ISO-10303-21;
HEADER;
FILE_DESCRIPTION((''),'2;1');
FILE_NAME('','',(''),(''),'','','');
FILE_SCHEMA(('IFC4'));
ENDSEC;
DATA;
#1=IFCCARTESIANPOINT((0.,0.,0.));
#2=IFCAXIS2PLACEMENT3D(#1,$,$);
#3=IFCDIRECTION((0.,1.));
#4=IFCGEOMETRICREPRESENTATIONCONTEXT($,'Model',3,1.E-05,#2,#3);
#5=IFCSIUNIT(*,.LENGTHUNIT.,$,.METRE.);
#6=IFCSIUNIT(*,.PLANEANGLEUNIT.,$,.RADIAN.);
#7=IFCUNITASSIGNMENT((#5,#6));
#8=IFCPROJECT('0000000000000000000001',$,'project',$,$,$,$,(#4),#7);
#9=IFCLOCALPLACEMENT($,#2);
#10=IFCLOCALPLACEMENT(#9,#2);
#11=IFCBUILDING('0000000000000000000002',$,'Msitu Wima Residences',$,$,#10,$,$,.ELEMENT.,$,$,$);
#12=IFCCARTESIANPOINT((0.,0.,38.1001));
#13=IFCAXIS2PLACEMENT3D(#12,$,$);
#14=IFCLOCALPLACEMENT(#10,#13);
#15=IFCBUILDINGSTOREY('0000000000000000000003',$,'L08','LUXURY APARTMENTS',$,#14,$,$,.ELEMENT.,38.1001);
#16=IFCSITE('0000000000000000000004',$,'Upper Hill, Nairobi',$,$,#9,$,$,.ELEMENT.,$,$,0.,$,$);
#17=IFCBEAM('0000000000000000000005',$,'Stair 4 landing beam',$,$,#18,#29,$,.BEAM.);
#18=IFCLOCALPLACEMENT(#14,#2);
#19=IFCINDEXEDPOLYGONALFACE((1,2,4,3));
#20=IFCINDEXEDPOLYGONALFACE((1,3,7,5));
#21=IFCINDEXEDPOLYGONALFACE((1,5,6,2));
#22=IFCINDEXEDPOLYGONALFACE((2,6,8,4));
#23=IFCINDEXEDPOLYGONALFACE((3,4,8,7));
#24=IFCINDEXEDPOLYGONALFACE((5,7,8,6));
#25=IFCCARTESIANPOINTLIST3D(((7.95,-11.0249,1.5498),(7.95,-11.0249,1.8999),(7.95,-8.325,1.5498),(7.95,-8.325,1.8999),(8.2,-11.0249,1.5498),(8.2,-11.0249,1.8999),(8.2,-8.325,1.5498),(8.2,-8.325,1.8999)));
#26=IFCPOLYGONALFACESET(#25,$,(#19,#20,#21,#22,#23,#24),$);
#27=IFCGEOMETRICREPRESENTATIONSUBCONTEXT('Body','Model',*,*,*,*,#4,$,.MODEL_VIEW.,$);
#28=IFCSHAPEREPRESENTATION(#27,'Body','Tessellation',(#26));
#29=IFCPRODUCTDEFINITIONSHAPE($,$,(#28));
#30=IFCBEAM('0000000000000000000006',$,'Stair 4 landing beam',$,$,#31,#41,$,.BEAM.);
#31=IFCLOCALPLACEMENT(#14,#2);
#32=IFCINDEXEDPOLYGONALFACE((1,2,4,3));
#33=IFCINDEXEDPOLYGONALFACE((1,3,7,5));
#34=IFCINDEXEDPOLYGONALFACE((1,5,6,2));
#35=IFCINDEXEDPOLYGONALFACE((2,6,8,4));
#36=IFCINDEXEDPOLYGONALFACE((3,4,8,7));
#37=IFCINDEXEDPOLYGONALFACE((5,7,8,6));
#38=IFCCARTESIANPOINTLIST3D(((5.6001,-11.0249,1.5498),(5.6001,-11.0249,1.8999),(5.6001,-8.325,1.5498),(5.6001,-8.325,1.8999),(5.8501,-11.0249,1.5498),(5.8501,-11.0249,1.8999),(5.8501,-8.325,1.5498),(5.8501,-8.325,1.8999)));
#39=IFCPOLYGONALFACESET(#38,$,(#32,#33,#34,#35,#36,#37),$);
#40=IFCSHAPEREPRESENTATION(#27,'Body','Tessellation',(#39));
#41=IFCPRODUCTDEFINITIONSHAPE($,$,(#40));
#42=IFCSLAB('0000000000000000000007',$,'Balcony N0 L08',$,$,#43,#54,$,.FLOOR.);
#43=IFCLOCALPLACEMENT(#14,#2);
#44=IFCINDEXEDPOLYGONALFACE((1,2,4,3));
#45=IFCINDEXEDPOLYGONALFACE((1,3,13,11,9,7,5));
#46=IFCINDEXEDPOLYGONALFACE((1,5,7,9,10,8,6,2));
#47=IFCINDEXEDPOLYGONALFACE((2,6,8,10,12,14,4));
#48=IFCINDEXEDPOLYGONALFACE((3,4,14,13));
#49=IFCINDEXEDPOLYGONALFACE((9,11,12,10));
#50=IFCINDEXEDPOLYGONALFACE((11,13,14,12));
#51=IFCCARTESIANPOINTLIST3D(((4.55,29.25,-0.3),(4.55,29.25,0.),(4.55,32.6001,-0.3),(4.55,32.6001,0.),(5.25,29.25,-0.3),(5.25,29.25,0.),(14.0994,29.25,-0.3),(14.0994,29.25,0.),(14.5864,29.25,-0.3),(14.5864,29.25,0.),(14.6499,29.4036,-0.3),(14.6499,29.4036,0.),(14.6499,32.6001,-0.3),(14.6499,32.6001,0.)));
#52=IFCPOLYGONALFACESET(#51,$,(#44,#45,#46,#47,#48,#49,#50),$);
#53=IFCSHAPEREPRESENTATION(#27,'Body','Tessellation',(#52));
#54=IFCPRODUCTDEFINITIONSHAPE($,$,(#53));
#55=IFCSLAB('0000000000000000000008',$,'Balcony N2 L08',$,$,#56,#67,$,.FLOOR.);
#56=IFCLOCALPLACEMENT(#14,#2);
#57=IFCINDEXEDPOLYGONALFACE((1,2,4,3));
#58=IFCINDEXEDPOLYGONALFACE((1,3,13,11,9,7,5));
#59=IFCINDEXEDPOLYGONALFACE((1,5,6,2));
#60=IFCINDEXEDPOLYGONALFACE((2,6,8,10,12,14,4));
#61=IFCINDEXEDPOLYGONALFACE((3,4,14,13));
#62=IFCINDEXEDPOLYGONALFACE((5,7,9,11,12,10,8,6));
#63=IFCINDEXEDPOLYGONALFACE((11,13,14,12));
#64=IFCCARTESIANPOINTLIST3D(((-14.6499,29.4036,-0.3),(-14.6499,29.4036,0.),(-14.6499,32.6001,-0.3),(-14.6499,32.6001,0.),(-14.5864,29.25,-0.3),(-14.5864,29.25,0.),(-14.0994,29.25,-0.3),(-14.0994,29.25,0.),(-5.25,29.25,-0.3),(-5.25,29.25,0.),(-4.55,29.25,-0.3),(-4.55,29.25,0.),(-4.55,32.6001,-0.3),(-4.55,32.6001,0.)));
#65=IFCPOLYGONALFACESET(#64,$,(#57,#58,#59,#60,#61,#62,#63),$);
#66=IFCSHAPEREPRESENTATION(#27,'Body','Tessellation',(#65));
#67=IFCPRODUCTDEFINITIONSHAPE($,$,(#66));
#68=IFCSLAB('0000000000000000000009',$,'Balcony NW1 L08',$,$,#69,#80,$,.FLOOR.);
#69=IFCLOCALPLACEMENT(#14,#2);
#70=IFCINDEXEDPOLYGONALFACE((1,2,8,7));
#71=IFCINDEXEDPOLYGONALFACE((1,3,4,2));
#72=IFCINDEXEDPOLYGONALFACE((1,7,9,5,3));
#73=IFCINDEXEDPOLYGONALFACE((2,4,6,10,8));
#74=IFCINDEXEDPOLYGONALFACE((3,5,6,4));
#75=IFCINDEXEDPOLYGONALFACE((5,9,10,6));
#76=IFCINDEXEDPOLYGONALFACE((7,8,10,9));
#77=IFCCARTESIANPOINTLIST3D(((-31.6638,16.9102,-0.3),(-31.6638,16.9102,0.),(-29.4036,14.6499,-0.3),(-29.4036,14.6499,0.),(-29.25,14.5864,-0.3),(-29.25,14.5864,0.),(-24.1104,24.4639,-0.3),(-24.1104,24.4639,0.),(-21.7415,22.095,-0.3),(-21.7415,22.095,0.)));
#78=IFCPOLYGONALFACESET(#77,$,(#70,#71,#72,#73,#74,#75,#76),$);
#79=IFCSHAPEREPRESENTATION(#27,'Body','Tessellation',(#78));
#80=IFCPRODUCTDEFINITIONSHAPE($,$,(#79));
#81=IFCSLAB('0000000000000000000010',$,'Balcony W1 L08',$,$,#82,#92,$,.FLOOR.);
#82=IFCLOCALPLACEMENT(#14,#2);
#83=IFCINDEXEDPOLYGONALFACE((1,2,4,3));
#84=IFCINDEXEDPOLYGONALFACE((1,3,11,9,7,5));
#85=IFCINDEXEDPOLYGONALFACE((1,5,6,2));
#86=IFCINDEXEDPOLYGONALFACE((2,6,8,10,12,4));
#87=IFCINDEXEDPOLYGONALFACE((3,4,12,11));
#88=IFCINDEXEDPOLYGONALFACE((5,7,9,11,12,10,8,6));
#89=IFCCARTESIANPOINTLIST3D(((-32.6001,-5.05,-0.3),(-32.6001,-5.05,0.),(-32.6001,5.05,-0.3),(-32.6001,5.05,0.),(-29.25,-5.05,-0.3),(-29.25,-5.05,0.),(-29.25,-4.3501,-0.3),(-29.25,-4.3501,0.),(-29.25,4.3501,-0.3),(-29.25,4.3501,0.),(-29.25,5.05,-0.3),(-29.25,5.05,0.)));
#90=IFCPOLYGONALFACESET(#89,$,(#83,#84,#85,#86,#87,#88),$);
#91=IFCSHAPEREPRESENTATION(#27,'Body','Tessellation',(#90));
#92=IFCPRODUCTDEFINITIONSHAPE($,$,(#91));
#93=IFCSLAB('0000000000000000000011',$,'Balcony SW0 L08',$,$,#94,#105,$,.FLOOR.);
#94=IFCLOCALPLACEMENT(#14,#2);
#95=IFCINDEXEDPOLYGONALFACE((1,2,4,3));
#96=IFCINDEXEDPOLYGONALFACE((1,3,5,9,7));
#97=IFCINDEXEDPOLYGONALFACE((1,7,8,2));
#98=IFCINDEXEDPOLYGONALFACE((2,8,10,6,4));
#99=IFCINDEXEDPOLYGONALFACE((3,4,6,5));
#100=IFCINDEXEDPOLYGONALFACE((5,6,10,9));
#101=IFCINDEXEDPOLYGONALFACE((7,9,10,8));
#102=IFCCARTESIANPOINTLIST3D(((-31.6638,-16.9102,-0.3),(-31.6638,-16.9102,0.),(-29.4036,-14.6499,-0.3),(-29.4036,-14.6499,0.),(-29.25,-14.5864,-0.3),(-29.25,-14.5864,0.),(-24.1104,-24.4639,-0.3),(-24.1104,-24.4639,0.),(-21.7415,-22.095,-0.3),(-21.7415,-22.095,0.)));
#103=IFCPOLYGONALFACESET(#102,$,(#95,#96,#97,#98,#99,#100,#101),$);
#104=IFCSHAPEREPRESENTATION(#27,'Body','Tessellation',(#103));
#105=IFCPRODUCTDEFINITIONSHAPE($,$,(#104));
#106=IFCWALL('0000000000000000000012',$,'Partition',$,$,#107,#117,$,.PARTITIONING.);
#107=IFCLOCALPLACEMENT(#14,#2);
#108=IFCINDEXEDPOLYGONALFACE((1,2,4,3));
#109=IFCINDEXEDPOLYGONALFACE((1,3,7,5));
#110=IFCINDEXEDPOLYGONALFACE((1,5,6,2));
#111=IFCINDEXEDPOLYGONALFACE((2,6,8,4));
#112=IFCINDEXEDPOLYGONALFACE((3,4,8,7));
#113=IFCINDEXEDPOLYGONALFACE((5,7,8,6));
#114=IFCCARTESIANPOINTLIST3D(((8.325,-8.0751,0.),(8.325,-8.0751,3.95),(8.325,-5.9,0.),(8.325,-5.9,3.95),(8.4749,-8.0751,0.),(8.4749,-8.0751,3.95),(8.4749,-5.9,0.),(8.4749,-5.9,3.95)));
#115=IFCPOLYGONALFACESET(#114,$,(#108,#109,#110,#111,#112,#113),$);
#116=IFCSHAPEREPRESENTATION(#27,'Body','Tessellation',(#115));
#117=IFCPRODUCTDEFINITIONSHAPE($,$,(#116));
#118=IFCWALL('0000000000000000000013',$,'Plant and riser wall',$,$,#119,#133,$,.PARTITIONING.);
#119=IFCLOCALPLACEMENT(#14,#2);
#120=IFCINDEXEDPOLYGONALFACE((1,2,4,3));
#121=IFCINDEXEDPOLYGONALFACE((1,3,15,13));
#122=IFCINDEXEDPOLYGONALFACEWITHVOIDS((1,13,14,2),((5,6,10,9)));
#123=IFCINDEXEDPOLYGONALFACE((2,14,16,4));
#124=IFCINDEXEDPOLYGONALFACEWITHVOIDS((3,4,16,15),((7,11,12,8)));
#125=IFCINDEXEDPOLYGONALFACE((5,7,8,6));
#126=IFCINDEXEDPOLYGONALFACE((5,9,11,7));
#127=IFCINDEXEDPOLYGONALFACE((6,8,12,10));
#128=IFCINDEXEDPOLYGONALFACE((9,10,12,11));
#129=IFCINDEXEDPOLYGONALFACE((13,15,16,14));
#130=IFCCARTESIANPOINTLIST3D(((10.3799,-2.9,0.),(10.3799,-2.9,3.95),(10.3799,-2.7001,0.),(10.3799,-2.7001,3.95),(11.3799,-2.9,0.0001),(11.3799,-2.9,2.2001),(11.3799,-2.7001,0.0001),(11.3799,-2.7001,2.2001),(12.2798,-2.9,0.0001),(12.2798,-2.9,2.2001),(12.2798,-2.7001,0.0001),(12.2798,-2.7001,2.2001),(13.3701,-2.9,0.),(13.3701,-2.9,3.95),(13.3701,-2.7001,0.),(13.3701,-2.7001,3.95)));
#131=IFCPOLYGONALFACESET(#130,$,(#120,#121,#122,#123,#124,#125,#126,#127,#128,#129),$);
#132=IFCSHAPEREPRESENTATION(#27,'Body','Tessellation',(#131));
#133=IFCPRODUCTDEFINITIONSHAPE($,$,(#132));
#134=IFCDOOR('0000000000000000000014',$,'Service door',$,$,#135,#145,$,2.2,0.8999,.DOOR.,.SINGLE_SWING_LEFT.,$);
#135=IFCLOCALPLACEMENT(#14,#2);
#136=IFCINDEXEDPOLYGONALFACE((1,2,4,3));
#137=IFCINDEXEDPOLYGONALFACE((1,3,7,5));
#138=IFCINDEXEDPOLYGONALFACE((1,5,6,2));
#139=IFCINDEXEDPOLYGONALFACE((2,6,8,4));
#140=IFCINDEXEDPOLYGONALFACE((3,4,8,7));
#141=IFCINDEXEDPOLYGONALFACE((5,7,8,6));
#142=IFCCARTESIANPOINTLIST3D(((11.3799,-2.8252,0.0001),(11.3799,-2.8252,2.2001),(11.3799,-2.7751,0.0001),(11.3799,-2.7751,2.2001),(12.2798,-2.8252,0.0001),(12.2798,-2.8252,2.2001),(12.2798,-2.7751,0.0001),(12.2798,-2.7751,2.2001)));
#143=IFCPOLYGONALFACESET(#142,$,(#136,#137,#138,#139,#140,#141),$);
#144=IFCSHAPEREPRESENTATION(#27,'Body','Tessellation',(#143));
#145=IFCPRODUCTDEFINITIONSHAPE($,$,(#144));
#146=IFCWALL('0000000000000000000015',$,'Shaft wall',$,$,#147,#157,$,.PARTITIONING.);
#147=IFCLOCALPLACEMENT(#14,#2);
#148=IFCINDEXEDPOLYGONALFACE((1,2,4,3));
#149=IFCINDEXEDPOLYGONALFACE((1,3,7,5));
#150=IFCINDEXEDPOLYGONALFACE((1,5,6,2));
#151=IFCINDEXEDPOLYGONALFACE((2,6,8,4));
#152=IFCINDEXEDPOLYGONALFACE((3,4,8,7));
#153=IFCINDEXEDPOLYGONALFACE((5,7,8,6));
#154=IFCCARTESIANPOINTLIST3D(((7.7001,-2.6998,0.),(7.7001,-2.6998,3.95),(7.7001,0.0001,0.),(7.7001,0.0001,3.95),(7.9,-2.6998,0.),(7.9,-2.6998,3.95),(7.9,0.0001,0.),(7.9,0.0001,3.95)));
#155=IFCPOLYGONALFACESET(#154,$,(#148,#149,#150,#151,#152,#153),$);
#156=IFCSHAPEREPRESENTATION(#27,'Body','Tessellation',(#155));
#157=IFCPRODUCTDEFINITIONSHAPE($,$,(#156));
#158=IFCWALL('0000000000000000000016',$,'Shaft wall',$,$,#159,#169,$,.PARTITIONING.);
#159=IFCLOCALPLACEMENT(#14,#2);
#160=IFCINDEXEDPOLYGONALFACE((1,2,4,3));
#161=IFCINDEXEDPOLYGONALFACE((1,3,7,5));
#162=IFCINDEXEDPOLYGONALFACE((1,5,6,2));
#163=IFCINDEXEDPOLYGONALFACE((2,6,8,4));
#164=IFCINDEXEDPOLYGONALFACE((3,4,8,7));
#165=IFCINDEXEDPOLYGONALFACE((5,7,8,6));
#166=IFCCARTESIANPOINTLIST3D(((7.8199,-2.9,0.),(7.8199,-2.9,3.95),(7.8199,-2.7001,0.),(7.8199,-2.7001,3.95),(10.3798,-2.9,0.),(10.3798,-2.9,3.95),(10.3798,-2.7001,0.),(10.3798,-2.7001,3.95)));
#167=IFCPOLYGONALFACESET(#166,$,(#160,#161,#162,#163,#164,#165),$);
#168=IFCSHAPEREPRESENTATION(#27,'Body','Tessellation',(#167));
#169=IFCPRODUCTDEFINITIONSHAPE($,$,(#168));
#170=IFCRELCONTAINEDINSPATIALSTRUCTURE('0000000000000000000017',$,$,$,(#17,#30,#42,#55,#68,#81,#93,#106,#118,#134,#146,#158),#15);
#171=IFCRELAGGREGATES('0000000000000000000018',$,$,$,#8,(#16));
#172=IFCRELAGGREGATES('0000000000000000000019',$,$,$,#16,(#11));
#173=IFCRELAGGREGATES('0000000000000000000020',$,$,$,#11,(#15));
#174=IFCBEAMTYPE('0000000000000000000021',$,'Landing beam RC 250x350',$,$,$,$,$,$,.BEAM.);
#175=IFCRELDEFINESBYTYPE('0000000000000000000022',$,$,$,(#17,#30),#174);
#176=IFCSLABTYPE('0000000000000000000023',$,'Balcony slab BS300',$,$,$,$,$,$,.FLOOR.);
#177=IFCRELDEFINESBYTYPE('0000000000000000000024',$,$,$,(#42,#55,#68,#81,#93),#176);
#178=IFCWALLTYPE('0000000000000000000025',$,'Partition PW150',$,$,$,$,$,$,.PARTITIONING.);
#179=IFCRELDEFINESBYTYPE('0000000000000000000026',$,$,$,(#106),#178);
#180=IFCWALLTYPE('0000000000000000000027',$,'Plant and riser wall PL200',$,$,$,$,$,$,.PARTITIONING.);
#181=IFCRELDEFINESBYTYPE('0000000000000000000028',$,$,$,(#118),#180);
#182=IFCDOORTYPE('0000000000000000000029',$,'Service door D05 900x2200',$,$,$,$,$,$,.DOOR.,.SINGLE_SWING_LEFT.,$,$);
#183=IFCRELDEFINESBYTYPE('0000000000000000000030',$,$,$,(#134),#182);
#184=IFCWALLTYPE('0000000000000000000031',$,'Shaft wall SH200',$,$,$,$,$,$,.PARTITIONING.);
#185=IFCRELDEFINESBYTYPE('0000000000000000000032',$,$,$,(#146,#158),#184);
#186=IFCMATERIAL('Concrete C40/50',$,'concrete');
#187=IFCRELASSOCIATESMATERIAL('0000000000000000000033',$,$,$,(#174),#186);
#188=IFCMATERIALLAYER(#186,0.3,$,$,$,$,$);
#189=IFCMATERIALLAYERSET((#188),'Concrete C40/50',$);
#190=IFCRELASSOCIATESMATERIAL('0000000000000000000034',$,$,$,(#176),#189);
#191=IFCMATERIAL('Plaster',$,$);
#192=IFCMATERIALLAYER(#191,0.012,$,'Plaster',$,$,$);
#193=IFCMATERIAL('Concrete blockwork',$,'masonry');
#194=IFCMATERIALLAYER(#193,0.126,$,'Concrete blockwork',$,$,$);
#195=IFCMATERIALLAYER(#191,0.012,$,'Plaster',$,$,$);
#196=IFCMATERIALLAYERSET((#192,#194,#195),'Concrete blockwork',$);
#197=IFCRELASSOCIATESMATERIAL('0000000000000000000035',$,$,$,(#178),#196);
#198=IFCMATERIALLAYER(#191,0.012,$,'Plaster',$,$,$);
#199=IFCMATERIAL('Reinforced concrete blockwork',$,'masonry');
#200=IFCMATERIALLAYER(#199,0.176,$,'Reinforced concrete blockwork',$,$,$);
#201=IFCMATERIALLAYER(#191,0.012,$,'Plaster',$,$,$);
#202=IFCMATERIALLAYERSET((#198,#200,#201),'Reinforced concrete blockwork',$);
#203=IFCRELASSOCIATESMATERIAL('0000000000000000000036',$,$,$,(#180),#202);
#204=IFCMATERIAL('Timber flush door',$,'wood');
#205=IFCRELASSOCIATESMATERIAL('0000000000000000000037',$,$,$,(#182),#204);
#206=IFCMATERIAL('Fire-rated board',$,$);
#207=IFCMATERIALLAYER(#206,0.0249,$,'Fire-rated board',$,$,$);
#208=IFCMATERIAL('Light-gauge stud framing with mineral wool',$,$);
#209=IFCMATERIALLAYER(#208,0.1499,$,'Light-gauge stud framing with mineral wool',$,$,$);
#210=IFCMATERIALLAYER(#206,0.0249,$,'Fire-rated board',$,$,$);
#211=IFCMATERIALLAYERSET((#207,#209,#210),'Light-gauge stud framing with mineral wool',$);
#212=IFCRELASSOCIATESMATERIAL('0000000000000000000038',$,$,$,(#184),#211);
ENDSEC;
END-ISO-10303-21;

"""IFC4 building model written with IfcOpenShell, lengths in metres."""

from ifc_helpers import new_model, si_unit, direction, frame, frame_2d, origin, origin_2d, place, context, subcontext, project, spatial, polyline, rectangle, outline, extrude, material, layer, layer_set, material_profile, profile_set, type_object, element, fill, save


model = new_model("IFC4")

# Units and contexts
model_context = context("Model", 3, precision=1e-05, world=origin(), true_north=direction((0.0, 1.0)))
body_context = subcontext(model_context, "Body", "Model", "MODEL_VIEW")
ifc_project = project(units=[si_unit("LENGTHUNIT", "METRE"), si_unit("PLANEANGLEUNIT", "RADIAN")], contexts=[model_context])

# Site, building, storey
site_placement = place(None, origin())
site = spatial("IfcSite", under=ifc_project, at=site_placement, Name="Upper Hill, Nairobi", CompositionType="ELEMENT", RefElevation=0.0)
building_placement = place(site_placement, origin())
building = spatial("IfcBuilding", under=site, at=building_placement, Name="Msitu Wima Residences", CompositionType="ELEMENT")
storey_placement = place(building_placement, frame((0.0, 0.0, 38.1001)))
storey = spatial("IfcBuildingStorey", under=building, at=storey_placement, Name="L08", Description="LUXURY APARTMENTS", CompositionType="ELEMENT", Elevation=38.1001)

# Beams
ifc_material_1 = material(Name="Concrete C40/50", Category="concrete")
ifc_material_profile = material_profile(ifc_material_1, rectangle(XDim=0.25, YDim=0.3501, at=origin_2d()), Name="RC 250x350")
ifc_profile_set = profile_set([ifc_material_profile], Name="Concrete C40/50")
beam_type = type_object("IfcBeamType", Name="Landing beam RC 250x350", PredefinedType="BEAM", material=ifc_profile_set)
for number, where, z_axis, x_axis, name in (
    (1, (8.075, -11.0249, 1.7249), (0.0, 1.0, 0.0), (-1.0, 0.0, 0.0), "Stair 4 landing beam"),
    (2, (5.7251, -11.0249, 1.7249), (0.0, 1.0, 0.0), (-1.0, 0.0, 0.0), "Stair 4 landing beam"),
):
    element("IfcBeam", number, at=place(storey_placement, frame(where, z_axis=z_axis, x_axis=x_axis)), inside=storey, type_object=beam_type, Name=name, PredefinedType="BEAM", context=body_context, shape_type="SweptSolid", body=[
        extrude(rectangle(XDim=0.25, YDim=0.3501, at=origin_2d()), origin(), (0.0, 0.0, 1.0), 2.7),
    ])

# Slabs
ifc_layer_1 = layer(ifc_material_1, 0.3)
ifc_layer_set_1 = layer_set([ifc_layer_1], Name="Concrete C40/50")
slab_type = type_object("IfcSlabType", Name="Balcony slab BS300", PredefinedType="FLOOR", material=ifc_layer_set_1)
slab_1_placement = place(storey_placement, frame((0.0, 0.0, -0.3)))
element("IfcSlab", 3, at=slab_1_placement, inside=storey, type_object=slab_type, Name="Balcony N0 L08", PredefinedType="FLOOR", context=body_context, shape_type="SweptSolid", body=[
    extrude(outline(polyline([(14.0994, 29.25), (14.0994, 29.25), (5.25, 29.25), (4.55, 29.25), (4.55, 32.6001), (14.6499, 32.6001), (14.6499, 29.4036), (14.5864, 29.25), (14.0994, 29.25), (14.0994, 29.25)])), origin(), (0.0, 0.0, 1.0), 0.3),
])
slab_2_placement = place(storey_placement, frame((0.0, 0.0, -0.3)))
element("IfcSlab", 4, at=slab_2_placement, inside=storey, type_object=slab_type, Name="Balcony N2 L08", PredefinedType="FLOOR", context=body_context, shape_type="SweptSolid", body=[
    extrude(outline(polyline([(-14.0994, 29.25), (-14.0994, 29.25), (-14.0994, 29.25), (-14.5864, 29.25), (-14.6499, 29.4036), (-14.6499, 32.6001), (-4.55, 32.6001), (-4.55, 29.25), (-5.25, 29.25), (-14.0994, 29.25)])), origin(), (0.0, 0.0, 1.0), 0.3),
])
slab_3_placement = place(storey_placement, frame((0.0, 0.0, -0.3)))
element("IfcSlab", 5, at=slab_3_placement, inside=storey, type_object=slab_type, Name="Balcony NW1 L08", PredefinedType="FLOOR", context=body_context, shape_type="SweptSolid", body=[
    extrude(outline(polyline([(-31.6638, 16.9102), (-24.1104, 24.4639), (-21.7415, 22.095), (-29.25, 14.5864), (-29.4036, 14.6499), (-31.6638, 16.9102)])), origin(), (0.0, 0.0, 1.0), 0.3),
])
slab_4_placement = place(storey_placement, frame((0.0, 0.0, -0.3)))
element("IfcSlab", 6, at=slab_4_placement, inside=storey, type_object=slab_type, Name="Balcony W1 L08", PredefinedType="FLOOR", context=body_context, shape_type="SweptSolid", body=[
    extrude(outline(polyline([(-29.25, 4.3501), (-29.25, -4.3501), (-29.25, -5.05), (-32.6001, -5.05), (-32.6001, 5.05), (-29.25, 5.05), (-29.25, 4.3501)])), origin(), (0.0, 0.0, 1.0), 0.3),
])
slab_5_placement = place(storey_placement, frame((0.0, 0.0, -0.3)))
element("IfcSlab", 7, at=slab_5_placement, inside=storey, type_object=slab_type, Name="Balcony SW0 L08", PredefinedType="FLOOR", context=body_context, shape_type="SweptSolid", body=[
    extrude(outline(polyline([(-24.1104, -24.4639), (-31.6638, -16.9102), (-29.4036, -14.6499), (-29.25, -14.5864), (-21.7415, -22.095), (-24.1104, -24.4639)])), origin(), (0.0, 0.0, 1.0), 0.3),
])

# Wall
ifc_material_2 = material(Name="Plaster")
ifc_layer_2 = layer(ifc_material_2, 0.012, Name="Plaster")
ifc_material_3 = material(Name="Concrete blockwork", Category="masonry")
ifc_layer_3 = layer(ifc_material_3, 0.126, Name="Concrete blockwork")
ifc_layer_4 = layer(ifc_material_2, 0.012, Name="Plaster")
ifc_layer_set_2 = layer_set([ifc_layer_2, ifc_layer_3, ifc_layer_4], Name="Concrete blockwork")
wall_type_1 = type_object("IfcWallType", Name="Partition PW150", PredefinedType="PARTITIONING", material=ifc_layer_set_2)
wall_1_placement = place(storey_placement, frame((8.3999, -8.075, 0.0), z_axis=(0.0, 0.0, 1.0), x_axis=(0.0, 1.0, 0.0)))
element("IfcWall", 8, at=wall_1_placement, inside=storey, type_object=wall_type_1, Name="Partition", PredefinedType="PARTITIONING", context=body_context, shape_type="SweptSolid", body=[
    extrude(rectangle(XDim=2.175, YDim=0.1499, at=frame_2d((1.0874, 0.0))), origin(), (0.0, 0.0, 1.0), 3.95),
])

# Wall, opening, door
ifc_layer_5 = layer(ifc_material_2, 0.012, Name="Plaster")
ifc_material_4 = material(Name="Reinforced concrete blockwork", Category="masonry")
ifc_layer_6 = layer(ifc_material_4, 0.176, Name="Reinforced concrete blockwork")
ifc_layer_7 = layer(ifc_material_2, 0.012, Name="Plaster")
ifc_layer_set_3 = layer_set([ifc_layer_5, ifc_layer_6, ifc_layer_7], Name="Reinforced concrete blockwork")
wall_type_2 = type_object("IfcWallType", Name="Plant and riser wall PL200", PredefinedType="PARTITIONING", material=ifc_layer_set_3)
wall_2_placement = place(storey_placement, frame((10.3799, -2.8, 0.0), z_axis=(0.0, 0.0, 1.0), x_axis=(1.0, 0.0, 0.0)))
wall_2 = element("IfcWall", 9, at=wall_2_placement, inside=storey, type_object=wall_type_2, Name="Plant and riser wall", PredefinedType="PARTITIONING", context=body_context, shape_type="SweptSolid", body=[
    extrude(rectangle(XDim=2.9902, YDim=0.2, at=frame_2d((1.4951, 0.0))), origin(), (0.0, 0.0, 1.0), 3.95),
])
opening_placement = place(wall_2_placement, frame((1.0, 0.0, 0.0)))
opening = element("IfcOpeningElement", 10, at=opening_placement, cuts=wall_2, PredefinedType="OPENING", context=body_context, shape_type="SweptSolid", body=[
    extrude(rectangle(XDim=0.8999, YDim=2.2, at=frame_2d((0.45, 1.1001))), frame((0.0, 0.1099, 0.0), z_axis=(0.0, -1.0, 0.0), x_axis=(1.0, 0.0, 0.0)), (0.0, 0.0, 1.0), 0.22),
])
ifc_material_5 = material(Name="Timber flush door", Category="wood")
door_type = type_object("IfcDoorType", Name="Service door D05 900x2200", OperationType="SINGLE_SWING_LEFT", PredefinedType="DOOR", material=ifc_material_5)
door_placement = place(opening_placement, origin())
door = element("IfcDoor", 11, at=door_placement, inside=storey, type_object=door_type, Name="Service door", OperationType="SINGLE_SWING_LEFT", OverallHeight=2.2, OverallWidth=0.8999, PredefinedType="DOOR", context=body_context, shape_type="SweptSolid", body=[
    extrude(rectangle(XDim=0.8999, YDim=2.2, at=frame_2d((0.45, 1.1001))), frame((0.0, 0.0249, 0.0), z_axis=(0.0, -1.0, 0.0), x_axis=(1.0, 0.0, 0.0)), (0.0, 0.0, 1.0), 0.05),
])
fill(opening, door)

# Walls
ifc_material_6 = material(Name="Fire-rated board")
ifc_layer_8 = layer(ifc_material_6, 0.0249, Name="Fire-rated board")
ifc_material_7 = material(Name="Light-gauge stud framing with mineral wool")
ifc_layer_9 = layer(ifc_material_7, 0.1499, Name="Light-gauge stud framing with mineral wool")
ifc_layer_10 = layer(ifc_material_6, 0.0249, Name="Fire-rated board")
ifc_layer_set_4 = layer_set([ifc_layer_8, ifc_layer_9, ifc_layer_10], Name="Light-gauge stud framing with mineral wool")
wall_type_3 = type_object("IfcWallType", Name="Shaft wall SH200", PredefinedType="PARTITIONING", material=ifc_layer_set_4)
wall_3_placement = place(storey_placement, frame((7.8, -2.7, 0.0), z_axis=(0.0, 0.0, 1.0), x_axis=(0.0, 1.0, 0.0)))
element("IfcWall", 12, at=wall_3_placement, inside=storey, type_object=wall_type_3, Name="Shaft wall", PredefinedType="PARTITIONING", context=body_context, shape_type="SweptSolid", body=[
    extrude(rectangle(XDim=2.7, YDim=0.2, at=frame_2d((1.3501, 0.0))), origin(), (0.0, 0.0, 1.0), 3.95),
])
wall_4_placement = place(storey_placement, frame((7.8201, -2.8, 0.0), z_axis=(0.0, 0.0, 1.0), x_axis=(1.0, 0.0, 0.0)))
element("IfcWall", 13, at=wall_4_placement, inside=storey, type_object=wall_type_3, Name="Shaft wall", PredefinedType="PARTITIONING", context=body_context, shape_type="SweptSolid", body=[
    extrude(rectangle(XDim=2.5598, YDim=0.2, at=frame_2d((1.2798, 0.0))), origin(), (0.0, 0.0, 1.0), 3.95),
])

save(model, "model.ifc")
